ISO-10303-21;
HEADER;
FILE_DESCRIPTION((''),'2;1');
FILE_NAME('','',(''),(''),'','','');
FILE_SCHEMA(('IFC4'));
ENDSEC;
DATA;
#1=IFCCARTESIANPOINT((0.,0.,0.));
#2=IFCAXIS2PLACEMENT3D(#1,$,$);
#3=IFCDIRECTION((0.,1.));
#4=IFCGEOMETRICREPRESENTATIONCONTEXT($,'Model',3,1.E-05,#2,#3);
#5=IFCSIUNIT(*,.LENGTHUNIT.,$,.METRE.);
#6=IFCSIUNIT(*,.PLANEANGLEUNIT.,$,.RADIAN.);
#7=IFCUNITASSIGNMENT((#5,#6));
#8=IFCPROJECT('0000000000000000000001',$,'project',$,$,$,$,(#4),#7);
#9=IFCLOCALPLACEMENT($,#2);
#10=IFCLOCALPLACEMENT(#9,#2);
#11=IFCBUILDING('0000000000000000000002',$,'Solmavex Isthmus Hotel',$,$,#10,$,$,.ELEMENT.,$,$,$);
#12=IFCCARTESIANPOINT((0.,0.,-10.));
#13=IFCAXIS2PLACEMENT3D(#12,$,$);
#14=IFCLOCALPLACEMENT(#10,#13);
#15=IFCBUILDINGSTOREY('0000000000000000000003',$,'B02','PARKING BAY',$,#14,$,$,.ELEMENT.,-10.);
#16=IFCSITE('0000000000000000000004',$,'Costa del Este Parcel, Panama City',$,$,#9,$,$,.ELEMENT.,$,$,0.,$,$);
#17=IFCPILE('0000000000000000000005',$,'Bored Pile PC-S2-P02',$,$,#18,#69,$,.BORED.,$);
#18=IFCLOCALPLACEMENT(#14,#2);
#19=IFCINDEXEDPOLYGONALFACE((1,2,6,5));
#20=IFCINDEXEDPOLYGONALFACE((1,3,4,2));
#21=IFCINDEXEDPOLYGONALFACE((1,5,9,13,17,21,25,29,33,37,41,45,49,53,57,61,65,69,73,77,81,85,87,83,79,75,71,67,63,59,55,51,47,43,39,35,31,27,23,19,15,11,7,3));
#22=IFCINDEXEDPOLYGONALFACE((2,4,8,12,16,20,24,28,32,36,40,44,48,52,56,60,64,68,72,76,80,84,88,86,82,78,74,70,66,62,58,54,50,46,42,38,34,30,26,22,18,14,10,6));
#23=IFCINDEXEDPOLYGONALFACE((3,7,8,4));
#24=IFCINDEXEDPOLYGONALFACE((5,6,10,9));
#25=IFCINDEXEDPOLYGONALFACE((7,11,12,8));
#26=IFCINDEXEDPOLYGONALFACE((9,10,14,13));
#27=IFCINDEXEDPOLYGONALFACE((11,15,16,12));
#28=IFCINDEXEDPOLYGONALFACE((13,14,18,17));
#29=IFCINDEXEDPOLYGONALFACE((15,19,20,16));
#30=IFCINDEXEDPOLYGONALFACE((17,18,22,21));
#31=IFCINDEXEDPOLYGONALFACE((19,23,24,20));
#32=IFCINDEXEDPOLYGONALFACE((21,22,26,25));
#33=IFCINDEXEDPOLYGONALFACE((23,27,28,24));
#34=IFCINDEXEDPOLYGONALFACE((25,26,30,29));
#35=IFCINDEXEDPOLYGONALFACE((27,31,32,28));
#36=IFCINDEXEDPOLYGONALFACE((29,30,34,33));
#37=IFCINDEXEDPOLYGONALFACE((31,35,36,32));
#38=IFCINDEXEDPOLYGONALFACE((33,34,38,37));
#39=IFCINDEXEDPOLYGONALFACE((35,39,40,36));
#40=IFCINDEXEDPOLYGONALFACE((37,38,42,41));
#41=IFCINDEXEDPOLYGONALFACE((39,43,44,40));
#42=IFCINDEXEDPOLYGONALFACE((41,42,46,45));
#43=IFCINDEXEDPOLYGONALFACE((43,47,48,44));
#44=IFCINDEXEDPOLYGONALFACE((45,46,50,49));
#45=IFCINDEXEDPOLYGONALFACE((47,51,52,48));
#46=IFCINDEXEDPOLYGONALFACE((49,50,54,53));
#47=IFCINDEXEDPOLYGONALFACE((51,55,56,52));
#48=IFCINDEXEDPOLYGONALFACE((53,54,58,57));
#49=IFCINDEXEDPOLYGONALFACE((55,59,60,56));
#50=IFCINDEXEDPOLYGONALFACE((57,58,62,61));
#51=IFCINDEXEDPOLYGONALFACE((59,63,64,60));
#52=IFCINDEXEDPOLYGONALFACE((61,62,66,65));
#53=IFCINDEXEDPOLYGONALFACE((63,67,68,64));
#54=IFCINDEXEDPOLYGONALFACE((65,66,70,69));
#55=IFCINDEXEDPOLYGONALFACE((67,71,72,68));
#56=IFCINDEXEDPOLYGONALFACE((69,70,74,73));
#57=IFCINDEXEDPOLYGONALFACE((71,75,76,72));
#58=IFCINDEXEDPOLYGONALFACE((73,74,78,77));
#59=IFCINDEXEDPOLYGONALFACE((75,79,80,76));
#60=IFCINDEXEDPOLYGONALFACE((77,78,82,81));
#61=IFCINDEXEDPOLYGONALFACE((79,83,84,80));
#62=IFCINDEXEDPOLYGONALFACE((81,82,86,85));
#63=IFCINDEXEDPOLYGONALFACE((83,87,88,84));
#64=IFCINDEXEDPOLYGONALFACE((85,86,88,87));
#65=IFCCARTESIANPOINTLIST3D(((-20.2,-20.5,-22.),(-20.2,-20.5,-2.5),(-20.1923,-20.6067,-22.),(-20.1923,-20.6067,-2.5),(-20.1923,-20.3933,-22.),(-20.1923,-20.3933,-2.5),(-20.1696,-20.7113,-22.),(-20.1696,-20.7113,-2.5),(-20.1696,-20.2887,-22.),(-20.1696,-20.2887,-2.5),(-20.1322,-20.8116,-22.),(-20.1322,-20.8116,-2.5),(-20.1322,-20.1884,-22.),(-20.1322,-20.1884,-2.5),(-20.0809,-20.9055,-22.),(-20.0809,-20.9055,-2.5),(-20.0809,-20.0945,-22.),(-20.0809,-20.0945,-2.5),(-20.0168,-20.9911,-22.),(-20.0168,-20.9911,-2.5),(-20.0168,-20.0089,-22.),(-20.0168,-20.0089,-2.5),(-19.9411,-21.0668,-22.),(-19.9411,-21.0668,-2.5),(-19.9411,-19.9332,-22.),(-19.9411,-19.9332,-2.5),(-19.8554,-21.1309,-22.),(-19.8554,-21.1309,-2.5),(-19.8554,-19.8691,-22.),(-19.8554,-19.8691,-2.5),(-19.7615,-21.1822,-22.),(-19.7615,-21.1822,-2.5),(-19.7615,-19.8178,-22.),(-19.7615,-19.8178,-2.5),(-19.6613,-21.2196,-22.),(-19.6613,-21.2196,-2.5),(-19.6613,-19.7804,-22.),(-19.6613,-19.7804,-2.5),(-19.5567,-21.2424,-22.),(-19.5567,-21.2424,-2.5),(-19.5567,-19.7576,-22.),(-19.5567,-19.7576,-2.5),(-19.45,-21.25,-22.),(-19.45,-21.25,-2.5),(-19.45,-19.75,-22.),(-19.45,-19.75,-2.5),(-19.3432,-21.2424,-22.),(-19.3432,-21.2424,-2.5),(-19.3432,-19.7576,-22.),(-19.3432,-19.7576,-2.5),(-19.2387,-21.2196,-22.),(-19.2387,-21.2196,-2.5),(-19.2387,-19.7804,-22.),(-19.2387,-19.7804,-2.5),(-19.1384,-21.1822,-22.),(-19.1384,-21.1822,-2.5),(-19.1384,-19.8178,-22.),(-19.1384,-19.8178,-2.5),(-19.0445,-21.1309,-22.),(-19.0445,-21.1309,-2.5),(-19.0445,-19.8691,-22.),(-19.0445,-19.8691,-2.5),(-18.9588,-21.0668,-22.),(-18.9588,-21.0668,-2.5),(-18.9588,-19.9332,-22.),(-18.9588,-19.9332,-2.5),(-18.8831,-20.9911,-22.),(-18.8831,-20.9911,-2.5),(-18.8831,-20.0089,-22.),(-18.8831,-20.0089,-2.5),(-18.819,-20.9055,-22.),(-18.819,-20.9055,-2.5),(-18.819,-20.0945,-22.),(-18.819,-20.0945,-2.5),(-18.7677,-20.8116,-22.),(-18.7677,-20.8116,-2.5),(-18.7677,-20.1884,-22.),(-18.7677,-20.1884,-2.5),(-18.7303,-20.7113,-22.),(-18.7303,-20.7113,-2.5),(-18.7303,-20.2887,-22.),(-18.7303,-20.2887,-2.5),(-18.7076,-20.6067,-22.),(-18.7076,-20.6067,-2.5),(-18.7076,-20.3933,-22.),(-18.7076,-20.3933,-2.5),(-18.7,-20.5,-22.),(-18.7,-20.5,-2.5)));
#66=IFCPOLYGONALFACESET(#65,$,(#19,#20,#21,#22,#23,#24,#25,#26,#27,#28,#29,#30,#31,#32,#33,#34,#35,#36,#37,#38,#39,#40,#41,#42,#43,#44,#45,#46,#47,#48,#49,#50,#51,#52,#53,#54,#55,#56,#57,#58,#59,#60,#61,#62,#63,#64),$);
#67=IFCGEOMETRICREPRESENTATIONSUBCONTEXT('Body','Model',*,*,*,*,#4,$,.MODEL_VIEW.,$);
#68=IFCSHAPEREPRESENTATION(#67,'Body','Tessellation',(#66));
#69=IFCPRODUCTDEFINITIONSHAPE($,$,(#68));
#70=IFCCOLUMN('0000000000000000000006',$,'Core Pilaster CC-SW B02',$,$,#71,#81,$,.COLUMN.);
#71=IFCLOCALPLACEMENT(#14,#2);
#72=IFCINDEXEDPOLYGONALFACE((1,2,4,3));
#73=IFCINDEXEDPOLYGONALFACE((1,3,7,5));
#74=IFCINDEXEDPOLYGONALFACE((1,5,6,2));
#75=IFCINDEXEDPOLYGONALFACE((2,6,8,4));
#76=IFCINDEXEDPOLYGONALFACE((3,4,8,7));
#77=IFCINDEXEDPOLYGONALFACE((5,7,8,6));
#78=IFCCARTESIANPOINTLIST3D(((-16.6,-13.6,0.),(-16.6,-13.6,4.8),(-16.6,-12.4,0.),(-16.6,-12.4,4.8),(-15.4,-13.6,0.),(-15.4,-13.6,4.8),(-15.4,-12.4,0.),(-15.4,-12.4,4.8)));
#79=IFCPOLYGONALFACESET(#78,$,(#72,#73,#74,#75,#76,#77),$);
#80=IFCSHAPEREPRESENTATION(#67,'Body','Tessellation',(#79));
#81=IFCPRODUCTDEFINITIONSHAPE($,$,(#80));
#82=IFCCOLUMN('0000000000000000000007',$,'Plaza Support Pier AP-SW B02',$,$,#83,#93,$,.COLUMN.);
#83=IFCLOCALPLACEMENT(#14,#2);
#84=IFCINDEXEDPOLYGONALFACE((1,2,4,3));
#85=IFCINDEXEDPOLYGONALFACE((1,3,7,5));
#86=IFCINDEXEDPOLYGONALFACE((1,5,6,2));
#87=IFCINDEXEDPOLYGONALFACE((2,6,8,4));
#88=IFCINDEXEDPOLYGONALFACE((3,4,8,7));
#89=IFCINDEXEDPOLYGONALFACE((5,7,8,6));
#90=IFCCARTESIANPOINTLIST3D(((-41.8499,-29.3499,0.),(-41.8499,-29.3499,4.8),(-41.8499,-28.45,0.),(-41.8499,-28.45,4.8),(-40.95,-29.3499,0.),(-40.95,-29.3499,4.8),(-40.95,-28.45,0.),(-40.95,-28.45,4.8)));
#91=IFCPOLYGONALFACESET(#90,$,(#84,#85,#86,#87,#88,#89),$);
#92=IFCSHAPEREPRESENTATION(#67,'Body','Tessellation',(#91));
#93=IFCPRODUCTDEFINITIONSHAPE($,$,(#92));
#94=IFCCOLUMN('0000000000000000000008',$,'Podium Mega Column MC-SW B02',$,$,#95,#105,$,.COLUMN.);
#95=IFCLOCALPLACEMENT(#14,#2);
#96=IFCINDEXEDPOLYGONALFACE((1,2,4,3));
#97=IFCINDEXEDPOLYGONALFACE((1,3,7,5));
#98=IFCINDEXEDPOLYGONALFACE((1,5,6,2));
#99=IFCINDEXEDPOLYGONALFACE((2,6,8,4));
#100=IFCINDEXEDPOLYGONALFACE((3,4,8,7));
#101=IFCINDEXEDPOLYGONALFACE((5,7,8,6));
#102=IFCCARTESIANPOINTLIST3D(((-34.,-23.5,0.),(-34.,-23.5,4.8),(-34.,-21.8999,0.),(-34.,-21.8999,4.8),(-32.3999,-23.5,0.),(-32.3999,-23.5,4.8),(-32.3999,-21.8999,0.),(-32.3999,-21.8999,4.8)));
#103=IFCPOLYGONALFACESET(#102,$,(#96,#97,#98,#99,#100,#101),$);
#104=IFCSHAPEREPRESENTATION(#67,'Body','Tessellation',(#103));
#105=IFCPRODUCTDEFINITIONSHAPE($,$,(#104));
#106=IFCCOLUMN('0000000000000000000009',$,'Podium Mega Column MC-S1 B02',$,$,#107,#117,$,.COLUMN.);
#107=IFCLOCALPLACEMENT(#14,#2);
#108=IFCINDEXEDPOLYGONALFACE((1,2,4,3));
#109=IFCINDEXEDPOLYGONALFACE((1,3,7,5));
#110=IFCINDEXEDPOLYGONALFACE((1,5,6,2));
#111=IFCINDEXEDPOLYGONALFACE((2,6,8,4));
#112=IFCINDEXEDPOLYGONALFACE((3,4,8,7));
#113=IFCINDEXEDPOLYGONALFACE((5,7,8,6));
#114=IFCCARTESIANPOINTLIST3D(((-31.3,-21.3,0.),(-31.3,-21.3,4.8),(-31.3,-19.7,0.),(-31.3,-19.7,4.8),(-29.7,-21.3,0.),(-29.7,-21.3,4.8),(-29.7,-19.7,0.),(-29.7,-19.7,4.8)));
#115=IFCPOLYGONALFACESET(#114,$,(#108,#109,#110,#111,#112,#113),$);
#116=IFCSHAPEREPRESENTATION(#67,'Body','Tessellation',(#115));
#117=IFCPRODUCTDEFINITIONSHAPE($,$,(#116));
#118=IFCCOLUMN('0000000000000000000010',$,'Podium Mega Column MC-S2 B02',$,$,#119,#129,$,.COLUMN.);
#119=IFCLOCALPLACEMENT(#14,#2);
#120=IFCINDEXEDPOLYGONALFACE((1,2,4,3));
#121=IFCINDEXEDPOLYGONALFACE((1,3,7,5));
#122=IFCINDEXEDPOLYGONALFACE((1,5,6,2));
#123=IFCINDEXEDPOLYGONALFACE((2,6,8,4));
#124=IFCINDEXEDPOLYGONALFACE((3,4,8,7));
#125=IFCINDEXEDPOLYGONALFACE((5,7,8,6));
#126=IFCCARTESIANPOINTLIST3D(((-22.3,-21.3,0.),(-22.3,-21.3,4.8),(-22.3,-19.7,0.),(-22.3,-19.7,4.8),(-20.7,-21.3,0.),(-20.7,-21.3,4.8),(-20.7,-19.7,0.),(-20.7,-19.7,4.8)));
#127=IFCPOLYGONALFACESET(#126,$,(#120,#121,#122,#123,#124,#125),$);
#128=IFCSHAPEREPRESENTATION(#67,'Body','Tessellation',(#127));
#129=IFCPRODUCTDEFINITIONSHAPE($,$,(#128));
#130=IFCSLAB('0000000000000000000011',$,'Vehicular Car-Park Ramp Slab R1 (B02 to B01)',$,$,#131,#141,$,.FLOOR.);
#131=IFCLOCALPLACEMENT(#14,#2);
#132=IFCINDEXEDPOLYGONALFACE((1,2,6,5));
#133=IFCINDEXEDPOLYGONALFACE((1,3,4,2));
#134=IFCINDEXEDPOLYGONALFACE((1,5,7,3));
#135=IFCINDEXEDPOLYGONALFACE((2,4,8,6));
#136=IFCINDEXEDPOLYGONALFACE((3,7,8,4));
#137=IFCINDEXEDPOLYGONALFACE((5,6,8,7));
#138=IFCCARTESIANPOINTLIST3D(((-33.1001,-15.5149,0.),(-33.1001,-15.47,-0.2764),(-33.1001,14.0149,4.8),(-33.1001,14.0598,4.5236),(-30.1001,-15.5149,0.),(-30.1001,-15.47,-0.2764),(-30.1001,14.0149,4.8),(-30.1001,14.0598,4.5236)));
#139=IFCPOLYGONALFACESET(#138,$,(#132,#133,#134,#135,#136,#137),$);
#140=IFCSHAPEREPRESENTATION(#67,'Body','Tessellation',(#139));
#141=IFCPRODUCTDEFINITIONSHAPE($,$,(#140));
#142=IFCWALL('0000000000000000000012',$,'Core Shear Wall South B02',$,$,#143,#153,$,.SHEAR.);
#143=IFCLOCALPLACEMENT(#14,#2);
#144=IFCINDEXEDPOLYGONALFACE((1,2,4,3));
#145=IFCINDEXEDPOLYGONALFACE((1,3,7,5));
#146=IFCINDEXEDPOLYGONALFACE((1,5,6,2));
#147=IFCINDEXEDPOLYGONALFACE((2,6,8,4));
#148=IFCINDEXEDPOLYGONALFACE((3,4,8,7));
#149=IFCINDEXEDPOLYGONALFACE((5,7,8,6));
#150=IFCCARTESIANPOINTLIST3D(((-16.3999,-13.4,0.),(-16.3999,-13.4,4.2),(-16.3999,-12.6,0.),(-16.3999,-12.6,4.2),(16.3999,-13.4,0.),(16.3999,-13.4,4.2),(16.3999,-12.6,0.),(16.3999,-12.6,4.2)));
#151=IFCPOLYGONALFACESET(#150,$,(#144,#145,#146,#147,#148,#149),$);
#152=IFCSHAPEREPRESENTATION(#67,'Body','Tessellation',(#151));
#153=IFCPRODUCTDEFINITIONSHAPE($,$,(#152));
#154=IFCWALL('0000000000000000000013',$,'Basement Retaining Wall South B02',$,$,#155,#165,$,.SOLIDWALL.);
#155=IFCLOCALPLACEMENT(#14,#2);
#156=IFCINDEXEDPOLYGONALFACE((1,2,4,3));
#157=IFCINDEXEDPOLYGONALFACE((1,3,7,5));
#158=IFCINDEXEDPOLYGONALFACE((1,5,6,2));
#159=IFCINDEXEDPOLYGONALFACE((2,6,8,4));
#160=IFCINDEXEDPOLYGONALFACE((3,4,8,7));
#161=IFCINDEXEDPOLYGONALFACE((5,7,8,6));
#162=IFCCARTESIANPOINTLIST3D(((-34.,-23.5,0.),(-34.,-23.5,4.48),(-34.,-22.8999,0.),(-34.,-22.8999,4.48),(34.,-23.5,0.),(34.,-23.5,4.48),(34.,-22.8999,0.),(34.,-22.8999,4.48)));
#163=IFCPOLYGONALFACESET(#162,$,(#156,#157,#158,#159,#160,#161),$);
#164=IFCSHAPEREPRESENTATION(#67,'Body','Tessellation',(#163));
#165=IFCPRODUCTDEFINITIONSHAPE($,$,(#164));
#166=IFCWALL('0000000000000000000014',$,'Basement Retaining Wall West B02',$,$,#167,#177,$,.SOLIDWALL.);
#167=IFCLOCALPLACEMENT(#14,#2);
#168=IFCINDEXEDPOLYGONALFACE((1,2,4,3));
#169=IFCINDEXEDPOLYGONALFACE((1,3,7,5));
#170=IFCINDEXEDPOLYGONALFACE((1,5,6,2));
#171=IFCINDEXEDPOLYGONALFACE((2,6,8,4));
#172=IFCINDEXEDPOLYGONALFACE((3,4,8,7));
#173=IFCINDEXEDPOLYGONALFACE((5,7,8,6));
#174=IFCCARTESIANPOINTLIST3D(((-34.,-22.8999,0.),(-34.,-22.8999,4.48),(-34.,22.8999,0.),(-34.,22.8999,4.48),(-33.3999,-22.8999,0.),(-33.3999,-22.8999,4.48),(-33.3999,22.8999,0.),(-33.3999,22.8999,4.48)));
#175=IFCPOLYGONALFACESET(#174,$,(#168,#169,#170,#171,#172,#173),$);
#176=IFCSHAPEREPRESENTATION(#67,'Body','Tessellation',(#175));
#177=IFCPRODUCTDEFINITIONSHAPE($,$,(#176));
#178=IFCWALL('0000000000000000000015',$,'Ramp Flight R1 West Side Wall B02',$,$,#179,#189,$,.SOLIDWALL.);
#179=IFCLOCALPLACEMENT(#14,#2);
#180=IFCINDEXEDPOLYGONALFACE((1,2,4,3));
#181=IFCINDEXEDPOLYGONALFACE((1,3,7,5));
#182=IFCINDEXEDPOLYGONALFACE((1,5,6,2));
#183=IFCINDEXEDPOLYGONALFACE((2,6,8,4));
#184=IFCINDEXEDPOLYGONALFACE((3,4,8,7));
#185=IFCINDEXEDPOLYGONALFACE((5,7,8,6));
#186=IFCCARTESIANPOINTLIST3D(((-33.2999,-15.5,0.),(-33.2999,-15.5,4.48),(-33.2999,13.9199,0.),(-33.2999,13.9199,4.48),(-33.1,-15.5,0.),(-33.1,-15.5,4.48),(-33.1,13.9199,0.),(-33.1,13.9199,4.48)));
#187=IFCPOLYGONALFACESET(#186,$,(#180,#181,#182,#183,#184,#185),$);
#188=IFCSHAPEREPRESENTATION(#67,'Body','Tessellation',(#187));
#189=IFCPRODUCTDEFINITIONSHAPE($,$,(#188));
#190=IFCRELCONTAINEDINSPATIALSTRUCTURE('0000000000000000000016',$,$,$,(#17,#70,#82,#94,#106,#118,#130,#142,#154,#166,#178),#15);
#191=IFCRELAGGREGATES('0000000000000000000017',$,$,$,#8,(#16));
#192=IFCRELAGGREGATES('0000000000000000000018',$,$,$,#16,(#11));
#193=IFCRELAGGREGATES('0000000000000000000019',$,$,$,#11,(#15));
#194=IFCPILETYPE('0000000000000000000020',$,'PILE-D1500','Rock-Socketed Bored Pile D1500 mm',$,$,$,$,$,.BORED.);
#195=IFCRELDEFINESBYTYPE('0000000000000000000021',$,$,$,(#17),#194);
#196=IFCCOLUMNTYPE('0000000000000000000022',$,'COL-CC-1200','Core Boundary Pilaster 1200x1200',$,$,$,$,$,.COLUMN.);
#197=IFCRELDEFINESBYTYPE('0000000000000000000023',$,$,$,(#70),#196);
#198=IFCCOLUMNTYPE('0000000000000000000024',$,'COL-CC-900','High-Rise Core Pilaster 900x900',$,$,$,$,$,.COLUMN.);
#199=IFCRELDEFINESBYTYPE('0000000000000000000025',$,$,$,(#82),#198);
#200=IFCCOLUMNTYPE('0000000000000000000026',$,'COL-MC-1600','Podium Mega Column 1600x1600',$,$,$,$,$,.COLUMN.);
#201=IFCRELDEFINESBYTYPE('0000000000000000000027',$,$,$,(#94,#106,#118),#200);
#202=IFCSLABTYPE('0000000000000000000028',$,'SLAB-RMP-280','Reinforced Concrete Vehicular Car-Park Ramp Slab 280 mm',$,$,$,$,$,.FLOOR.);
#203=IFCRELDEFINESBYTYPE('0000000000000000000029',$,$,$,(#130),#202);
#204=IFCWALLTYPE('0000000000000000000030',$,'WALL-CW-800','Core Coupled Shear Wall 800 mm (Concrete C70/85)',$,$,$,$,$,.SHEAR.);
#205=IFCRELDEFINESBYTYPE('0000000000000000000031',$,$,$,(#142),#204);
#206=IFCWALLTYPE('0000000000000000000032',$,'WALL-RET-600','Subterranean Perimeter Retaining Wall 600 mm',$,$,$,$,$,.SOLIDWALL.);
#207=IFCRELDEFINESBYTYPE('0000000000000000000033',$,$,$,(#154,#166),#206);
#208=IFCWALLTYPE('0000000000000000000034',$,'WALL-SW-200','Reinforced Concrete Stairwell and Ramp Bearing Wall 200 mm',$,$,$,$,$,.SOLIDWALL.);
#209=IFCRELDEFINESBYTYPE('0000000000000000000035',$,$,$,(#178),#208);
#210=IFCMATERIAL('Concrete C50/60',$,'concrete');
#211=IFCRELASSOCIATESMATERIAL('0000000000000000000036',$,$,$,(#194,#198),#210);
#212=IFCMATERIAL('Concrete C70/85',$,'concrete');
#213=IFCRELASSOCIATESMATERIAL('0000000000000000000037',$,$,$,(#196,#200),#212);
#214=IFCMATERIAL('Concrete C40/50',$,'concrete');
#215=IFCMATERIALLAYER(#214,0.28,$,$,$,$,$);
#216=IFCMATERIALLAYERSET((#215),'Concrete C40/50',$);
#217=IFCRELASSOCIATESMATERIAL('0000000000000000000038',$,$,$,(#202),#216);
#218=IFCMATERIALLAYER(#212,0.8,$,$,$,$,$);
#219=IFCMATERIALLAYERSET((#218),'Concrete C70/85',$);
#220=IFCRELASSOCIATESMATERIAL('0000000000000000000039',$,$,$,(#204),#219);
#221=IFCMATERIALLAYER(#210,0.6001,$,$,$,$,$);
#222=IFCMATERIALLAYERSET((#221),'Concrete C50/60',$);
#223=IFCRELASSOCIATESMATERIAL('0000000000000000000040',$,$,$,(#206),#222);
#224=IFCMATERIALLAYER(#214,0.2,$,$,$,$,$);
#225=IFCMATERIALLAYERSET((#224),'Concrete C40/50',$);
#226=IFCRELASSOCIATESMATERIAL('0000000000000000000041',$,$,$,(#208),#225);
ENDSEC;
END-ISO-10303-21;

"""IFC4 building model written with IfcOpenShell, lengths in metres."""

from ifc_helpers import new_model, si_unit, direction, frame, frame_2d, origin, origin_2d, place, context, subcontext, project, spatial, polyline, rectangle, circle, outline, extrude, material, layer, layer_set, material_profile, profile_set, type_object, element, save


model = new_model("IFC4")

# Units and contexts
model_context = context("Model", 3, precision=1e-05, world=origin(), true_north=direction((0.0, 1.0)))
body_context = subcontext(model_context, "Body", "Model", "MODEL_VIEW")
ifc_project = project(units=[si_unit("LENGTHUNIT", "METRE"), si_unit("PLANEANGLEUNIT", "RADIAN")], contexts=[model_context])

# Site, building, storey
site_placement = place(None, origin())
site = spatial("IfcSite", under=ifc_project, at=site_placement, Name="Costa del Este Parcel, Panama City", CompositionType="ELEMENT", RefElevation=0.0)
building_placement = place(site_placement, origin())
building = spatial("IfcBuilding", under=site, at=building_placement, Name="Solmavex Isthmus Hotel", CompositionType="ELEMENT")
storey_placement = place(building_placement, frame((0.0, 0.0, -10.0)))
storey = spatial("IfcBuildingStorey", under=building, at=storey_placement, Name="B02", Description="PARKING BAY", CompositionType="ELEMENT", Elevation=-10.0)

# Shared definitions
ifc_material_1 = material(Name="Concrete C50/60", Category="concrete")

# Pile
ifc_material_profile_1 = material_profile(ifc_material_1, circle(Radius=0.75, at=origin_2d()), Name="PILE1500")
ifc_profile_set_1 = profile_set([ifc_material_profile_1], Name="Concrete C50/60")
pile_type = type_object("IfcPileType", Name="PILE-D1500", Description="Rock-Socketed Bored Pile D1500 mm", PredefinedType="BORED", material=ifc_profile_set_1)
for number, where, z_axis, x_axis, name in (
    (1, (-19.45, -20.5, -2.5), (0.0, 0.0, -1.0), (1.0, 0.0, 0.0), "Bored Pile PC-S2-P02"),
):
    element("IfcPile", number, at=place(storey_placement, frame(where, z_axis=z_axis, x_axis=x_axis)), inside=storey, type_object=pile_type, Name=name, PredefinedType="BORED", context=body_context, shape_type="SweptSolid", body=[
        extrude(circle(Radius=0.75, at=origin_2d()), origin(), (0.0, 0.0, 1.0), 19.5),
    ])

# Columns
ifc_material_2 = material(Name="Concrete C70/85", Category="concrete")
ifc_material_profile_2 = material_profile(ifc_material_2, rectangle(XDim=1.2, YDim=1.2, at=origin_2d()), Name="RC1200X1200")
ifc_profile_set_2 = profile_set([ifc_material_profile_2], Name="Concrete C70/85")
column_type_1 = type_object("IfcColumnType", Name="COL-CC-1200", Description="Core Boundary Pilaster 1200x1200", PredefinedType="COLUMN", material=ifc_profile_set_2)
column_1_placement = place(storey_placement, frame((-16.0, -13.0, 0.0), z_axis=(0.0, 0.0, 1.0), x_axis=(1.0, 0.0, 0.0)))
element("IfcColumn", 2, at=column_1_placement, inside=storey, type_object=column_type_1, Name="Core Pilaster CC-SW B02", PredefinedType="COLUMN", context=body_context, shape_type="SweptSolid", body=[
    extrude(rectangle(XDim=1.2, YDim=1.2, at=origin_2d()), origin(), (0.0, 0.0, 1.0), 4.8),
])
ifc_material_profile_3 = material_profile(ifc_material_1, rectangle(XDim=0.8999, YDim=0.8999, at=origin_2d()), Name="RC900X900")
ifc_profile_set_3 = profile_set([ifc_material_profile_3], Name="Concrete C50/60")
column_type_2 = type_object("IfcColumnType", Name="COL-CC-900", Description="High-Rise Core Pilaster 900x900", PredefinedType="COLUMN", material=ifc_profile_set_3)
column_2_placement = place(storey_placement, frame((-41.3999, -28.8999, 0.0), z_axis=(0.0, 0.0, 1.0), x_axis=(1.0, 0.0, 0.0)))
element("IfcColumn", 3, at=column_2_placement, inside=storey, type_object=column_type_2, Name="Plaza Support Pier AP-SW B02", PredefinedType="COLUMN", context=body_context, shape_type="SweptSolid", body=[
    extrude(rectangle(XDim=0.8999, YDim=0.8999, at=origin_2d()), origin(), (0.0, 0.0, 1.0), 4.8),
])
ifc_material_profile_4 = material_profile(ifc_material_2, rectangle(XDim=1.6001, YDim=1.6001, at=origin_2d()), Name="RC1600X1600")
ifc_profile_set_4 = profile_set([ifc_material_profile_4], Name="Concrete C70/85")
column_type_3 = type_object("IfcColumnType", Name="COL-MC-1600", Description="Podium Mega Column 1600x1600", PredefinedType="COLUMN", material=ifc_profile_set_4)
for number, where, z_axis, x_axis, name in (
    (4, (-33.2, -22.7, 0.0), (0.0, 0.0, 1.0), (1.0, 0.0, 0.0), "Podium Mega Column MC-SW B02"),
    (5, (-30.5, -20.5, 0.0), (0.0, 0.0, 1.0), (1.0, 0.0, 0.0), "Podium Mega Column MC-S1 B02"),
    (6, (-21.5, -20.5, 0.0), (0.0, 0.0, 1.0), (1.0, 0.0, 0.0), "Podium Mega Column MC-S2 B02"),
):
    element("IfcColumn", number, at=place(storey_placement, frame(where, z_axis=z_axis, x_axis=x_axis)), inside=storey, type_object=column_type_3, Name=name, PredefinedType="COLUMN", context=body_context, shape_type="SweptSolid", body=[
        extrude(rectangle(XDim=1.6001, YDim=1.6001, at=origin_2d()), origin(), (0.0, 0.0, 1.0), 4.8),
    ])

# Slab
ifc_material_3 = material(Name="Concrete C40/50", Category="concrete")
ifc_layer_1 = layer(ifc_material_3, 0.28)
ifc_layer_set_1 = layer_set([ifc_layer_1], Name="Concrete C40/50")
slab_type = type_object("IfcSlabType", Name="SLAB-RMP-280", Description="Reinforced Concrete Vehicular Car-Park Ramp Slab 280 mm", PredefinedType="FLOOR", material=ifc_layer_set_1)
slab_placement = place(storey_placement, frame((-33.1001, -15.5149, 0.0), z_axis=(0.0, -0.160444, 0.987045), x_axis=(1.0, 0.0, 0.0)))
element("IfcSlab", 7, at=slab_placement, inside=storey, type_object=slab_type, Name="Vehicular Car-Park Ramp Slab R1 (B02 to B01)", PredefinedType="FLOOR", context=body_context, shape_type="SweptSolid", body=[
    extrude(outline(polyline([(0.0, 0.0), (3.0, 0.0), (3.0, 29.9174), (0.0, 29.9174), (0.0, 0.0)])), origin(), (0.0, 0.0, -1.0), 0.28),
])

# Walls
ifc_layer_2 = layer(ifc_material_2, 0.8)
ifc_layer_set_2 = layer_set([ifc_layer_2], Name="Concrete C70/85")
wall_type_1 = type_object("IfcWallType", Name="WALL-CW-800", Description="Core Coupled Shear Wall 800 mm (Concrete C70/85)", PredefinedType="SHEAR", material=ifc_layer_set_2)
wall_1_placement = place(storey_placement, frame((-16.3999, -13.0, 0.0), z_axis=(0.0, 0.0, 1.0), x_axis=(1.0, 0.0, 0.0)))
element("IfcWall", 8, at=wall_1_placement, inside=storey, type_object=wall_type_1, Name="Core Shear Wall South B02", PredefinedType="SHEAR", context=body_context, shape_type="SweptSolid", body=[
    extrude(rectangle(XDim=32.7998, YDim=0.8, at=frame_2d((16.3999, 0.0))), origin(), (0.0, 0.0, 1.0), 4.2),
])
ifc_layer_3 = layer(ifc_material_1, 0.6001)
ifc_layer_set_3 = layer_set([ifc_layer_3], Name="Concrete C50/60")
wall_type_2 = type_object("IfcWallType", Name="WALL-RET-600", Description="Subterranean Perimeter Retaining Wall 600 mm", PredefinedType="SOLIDWALL", material=ifc_layer_set_3)
wall_2_placement = place(storey_placement, frame((-34.0, -23.2, 0.0), z_axis=(0.0, 0.0, 1.0), x_axis=(1.0, 0.0, 0.0)))
element("IfcWall", 9, at=wall_2_placement, inside=storey, type_object=wall_type_2, Name="Basement Retaining Wall South B02", PredefinedType="SOLIDWALL", context=body_context, shape_type="SweptSolid", body=[
    extrude(rectangle(XDim=68.0, YDim=0.6001, at=frame_2d((34.0, 0.0))), origin(), (0.0, 0.0, 1.0), 4.48),
])
wall_3_placement = place(storey_placement, frame((-33.7, -22.8999, 0.0), z_axis=(0.0, 0.0, 1.0), x_axis=(0.0, 1.0, 0.0)))
element("IfcWall", 10, at=wall_3_placement, inside=storey, type_object=wall_type_2, Name="Basement Retaining Wall West B02", PredefinedType="SOLIDWALL", context=body_context, shape_type="SweptSolid", body=[
    extrude(rectangle(XDim=45.7998, YDim=0.6001, at=frame_2d((22.8999, 0.0))), origin(), (0.0, 0.0, 1.0), 4.48),
])
ifc_layer_4 = layer(ifc_material_3, 0.2)
ifc_layer_set_4 = layer_set([ifc_layer_4], Name="Concrete C40/50")
wall_type_3 = type_object("IfcWallType", Name="WALL-SW-200", Description="Reinforced Concrete Stairwell and Ramp Bearing Wall 200 mm", PredefinedType="SOLIDWALL", material=ifc_layer_set_4)
for number, where, z_axis, x_axis, name in (
    (11, (-33.2, -15.5, 0.0), (0.0, 0.0, 1.0), (0.0, 1.0, 0.0), "Ramp Flight R1 West Side Wall B02"),
):
    element("IfcWall", number, at=place(storey_placement, frame(where, z_axis=z_axis, x_axis=x_axis)), inside=storey, type_object=wall_type_3, Name=name, PredefinedType="SOLIDWALL", context=body_context, shape_type="SweptSolid", body=[
        extrude(rectangle(XDim=29.4199, YDim=0.2, at=frame_2d((14.71, 0.0))), origin(), (0.0, 0.0, 1.0), 4.48),
    ])

save(model, "model.ifc")
